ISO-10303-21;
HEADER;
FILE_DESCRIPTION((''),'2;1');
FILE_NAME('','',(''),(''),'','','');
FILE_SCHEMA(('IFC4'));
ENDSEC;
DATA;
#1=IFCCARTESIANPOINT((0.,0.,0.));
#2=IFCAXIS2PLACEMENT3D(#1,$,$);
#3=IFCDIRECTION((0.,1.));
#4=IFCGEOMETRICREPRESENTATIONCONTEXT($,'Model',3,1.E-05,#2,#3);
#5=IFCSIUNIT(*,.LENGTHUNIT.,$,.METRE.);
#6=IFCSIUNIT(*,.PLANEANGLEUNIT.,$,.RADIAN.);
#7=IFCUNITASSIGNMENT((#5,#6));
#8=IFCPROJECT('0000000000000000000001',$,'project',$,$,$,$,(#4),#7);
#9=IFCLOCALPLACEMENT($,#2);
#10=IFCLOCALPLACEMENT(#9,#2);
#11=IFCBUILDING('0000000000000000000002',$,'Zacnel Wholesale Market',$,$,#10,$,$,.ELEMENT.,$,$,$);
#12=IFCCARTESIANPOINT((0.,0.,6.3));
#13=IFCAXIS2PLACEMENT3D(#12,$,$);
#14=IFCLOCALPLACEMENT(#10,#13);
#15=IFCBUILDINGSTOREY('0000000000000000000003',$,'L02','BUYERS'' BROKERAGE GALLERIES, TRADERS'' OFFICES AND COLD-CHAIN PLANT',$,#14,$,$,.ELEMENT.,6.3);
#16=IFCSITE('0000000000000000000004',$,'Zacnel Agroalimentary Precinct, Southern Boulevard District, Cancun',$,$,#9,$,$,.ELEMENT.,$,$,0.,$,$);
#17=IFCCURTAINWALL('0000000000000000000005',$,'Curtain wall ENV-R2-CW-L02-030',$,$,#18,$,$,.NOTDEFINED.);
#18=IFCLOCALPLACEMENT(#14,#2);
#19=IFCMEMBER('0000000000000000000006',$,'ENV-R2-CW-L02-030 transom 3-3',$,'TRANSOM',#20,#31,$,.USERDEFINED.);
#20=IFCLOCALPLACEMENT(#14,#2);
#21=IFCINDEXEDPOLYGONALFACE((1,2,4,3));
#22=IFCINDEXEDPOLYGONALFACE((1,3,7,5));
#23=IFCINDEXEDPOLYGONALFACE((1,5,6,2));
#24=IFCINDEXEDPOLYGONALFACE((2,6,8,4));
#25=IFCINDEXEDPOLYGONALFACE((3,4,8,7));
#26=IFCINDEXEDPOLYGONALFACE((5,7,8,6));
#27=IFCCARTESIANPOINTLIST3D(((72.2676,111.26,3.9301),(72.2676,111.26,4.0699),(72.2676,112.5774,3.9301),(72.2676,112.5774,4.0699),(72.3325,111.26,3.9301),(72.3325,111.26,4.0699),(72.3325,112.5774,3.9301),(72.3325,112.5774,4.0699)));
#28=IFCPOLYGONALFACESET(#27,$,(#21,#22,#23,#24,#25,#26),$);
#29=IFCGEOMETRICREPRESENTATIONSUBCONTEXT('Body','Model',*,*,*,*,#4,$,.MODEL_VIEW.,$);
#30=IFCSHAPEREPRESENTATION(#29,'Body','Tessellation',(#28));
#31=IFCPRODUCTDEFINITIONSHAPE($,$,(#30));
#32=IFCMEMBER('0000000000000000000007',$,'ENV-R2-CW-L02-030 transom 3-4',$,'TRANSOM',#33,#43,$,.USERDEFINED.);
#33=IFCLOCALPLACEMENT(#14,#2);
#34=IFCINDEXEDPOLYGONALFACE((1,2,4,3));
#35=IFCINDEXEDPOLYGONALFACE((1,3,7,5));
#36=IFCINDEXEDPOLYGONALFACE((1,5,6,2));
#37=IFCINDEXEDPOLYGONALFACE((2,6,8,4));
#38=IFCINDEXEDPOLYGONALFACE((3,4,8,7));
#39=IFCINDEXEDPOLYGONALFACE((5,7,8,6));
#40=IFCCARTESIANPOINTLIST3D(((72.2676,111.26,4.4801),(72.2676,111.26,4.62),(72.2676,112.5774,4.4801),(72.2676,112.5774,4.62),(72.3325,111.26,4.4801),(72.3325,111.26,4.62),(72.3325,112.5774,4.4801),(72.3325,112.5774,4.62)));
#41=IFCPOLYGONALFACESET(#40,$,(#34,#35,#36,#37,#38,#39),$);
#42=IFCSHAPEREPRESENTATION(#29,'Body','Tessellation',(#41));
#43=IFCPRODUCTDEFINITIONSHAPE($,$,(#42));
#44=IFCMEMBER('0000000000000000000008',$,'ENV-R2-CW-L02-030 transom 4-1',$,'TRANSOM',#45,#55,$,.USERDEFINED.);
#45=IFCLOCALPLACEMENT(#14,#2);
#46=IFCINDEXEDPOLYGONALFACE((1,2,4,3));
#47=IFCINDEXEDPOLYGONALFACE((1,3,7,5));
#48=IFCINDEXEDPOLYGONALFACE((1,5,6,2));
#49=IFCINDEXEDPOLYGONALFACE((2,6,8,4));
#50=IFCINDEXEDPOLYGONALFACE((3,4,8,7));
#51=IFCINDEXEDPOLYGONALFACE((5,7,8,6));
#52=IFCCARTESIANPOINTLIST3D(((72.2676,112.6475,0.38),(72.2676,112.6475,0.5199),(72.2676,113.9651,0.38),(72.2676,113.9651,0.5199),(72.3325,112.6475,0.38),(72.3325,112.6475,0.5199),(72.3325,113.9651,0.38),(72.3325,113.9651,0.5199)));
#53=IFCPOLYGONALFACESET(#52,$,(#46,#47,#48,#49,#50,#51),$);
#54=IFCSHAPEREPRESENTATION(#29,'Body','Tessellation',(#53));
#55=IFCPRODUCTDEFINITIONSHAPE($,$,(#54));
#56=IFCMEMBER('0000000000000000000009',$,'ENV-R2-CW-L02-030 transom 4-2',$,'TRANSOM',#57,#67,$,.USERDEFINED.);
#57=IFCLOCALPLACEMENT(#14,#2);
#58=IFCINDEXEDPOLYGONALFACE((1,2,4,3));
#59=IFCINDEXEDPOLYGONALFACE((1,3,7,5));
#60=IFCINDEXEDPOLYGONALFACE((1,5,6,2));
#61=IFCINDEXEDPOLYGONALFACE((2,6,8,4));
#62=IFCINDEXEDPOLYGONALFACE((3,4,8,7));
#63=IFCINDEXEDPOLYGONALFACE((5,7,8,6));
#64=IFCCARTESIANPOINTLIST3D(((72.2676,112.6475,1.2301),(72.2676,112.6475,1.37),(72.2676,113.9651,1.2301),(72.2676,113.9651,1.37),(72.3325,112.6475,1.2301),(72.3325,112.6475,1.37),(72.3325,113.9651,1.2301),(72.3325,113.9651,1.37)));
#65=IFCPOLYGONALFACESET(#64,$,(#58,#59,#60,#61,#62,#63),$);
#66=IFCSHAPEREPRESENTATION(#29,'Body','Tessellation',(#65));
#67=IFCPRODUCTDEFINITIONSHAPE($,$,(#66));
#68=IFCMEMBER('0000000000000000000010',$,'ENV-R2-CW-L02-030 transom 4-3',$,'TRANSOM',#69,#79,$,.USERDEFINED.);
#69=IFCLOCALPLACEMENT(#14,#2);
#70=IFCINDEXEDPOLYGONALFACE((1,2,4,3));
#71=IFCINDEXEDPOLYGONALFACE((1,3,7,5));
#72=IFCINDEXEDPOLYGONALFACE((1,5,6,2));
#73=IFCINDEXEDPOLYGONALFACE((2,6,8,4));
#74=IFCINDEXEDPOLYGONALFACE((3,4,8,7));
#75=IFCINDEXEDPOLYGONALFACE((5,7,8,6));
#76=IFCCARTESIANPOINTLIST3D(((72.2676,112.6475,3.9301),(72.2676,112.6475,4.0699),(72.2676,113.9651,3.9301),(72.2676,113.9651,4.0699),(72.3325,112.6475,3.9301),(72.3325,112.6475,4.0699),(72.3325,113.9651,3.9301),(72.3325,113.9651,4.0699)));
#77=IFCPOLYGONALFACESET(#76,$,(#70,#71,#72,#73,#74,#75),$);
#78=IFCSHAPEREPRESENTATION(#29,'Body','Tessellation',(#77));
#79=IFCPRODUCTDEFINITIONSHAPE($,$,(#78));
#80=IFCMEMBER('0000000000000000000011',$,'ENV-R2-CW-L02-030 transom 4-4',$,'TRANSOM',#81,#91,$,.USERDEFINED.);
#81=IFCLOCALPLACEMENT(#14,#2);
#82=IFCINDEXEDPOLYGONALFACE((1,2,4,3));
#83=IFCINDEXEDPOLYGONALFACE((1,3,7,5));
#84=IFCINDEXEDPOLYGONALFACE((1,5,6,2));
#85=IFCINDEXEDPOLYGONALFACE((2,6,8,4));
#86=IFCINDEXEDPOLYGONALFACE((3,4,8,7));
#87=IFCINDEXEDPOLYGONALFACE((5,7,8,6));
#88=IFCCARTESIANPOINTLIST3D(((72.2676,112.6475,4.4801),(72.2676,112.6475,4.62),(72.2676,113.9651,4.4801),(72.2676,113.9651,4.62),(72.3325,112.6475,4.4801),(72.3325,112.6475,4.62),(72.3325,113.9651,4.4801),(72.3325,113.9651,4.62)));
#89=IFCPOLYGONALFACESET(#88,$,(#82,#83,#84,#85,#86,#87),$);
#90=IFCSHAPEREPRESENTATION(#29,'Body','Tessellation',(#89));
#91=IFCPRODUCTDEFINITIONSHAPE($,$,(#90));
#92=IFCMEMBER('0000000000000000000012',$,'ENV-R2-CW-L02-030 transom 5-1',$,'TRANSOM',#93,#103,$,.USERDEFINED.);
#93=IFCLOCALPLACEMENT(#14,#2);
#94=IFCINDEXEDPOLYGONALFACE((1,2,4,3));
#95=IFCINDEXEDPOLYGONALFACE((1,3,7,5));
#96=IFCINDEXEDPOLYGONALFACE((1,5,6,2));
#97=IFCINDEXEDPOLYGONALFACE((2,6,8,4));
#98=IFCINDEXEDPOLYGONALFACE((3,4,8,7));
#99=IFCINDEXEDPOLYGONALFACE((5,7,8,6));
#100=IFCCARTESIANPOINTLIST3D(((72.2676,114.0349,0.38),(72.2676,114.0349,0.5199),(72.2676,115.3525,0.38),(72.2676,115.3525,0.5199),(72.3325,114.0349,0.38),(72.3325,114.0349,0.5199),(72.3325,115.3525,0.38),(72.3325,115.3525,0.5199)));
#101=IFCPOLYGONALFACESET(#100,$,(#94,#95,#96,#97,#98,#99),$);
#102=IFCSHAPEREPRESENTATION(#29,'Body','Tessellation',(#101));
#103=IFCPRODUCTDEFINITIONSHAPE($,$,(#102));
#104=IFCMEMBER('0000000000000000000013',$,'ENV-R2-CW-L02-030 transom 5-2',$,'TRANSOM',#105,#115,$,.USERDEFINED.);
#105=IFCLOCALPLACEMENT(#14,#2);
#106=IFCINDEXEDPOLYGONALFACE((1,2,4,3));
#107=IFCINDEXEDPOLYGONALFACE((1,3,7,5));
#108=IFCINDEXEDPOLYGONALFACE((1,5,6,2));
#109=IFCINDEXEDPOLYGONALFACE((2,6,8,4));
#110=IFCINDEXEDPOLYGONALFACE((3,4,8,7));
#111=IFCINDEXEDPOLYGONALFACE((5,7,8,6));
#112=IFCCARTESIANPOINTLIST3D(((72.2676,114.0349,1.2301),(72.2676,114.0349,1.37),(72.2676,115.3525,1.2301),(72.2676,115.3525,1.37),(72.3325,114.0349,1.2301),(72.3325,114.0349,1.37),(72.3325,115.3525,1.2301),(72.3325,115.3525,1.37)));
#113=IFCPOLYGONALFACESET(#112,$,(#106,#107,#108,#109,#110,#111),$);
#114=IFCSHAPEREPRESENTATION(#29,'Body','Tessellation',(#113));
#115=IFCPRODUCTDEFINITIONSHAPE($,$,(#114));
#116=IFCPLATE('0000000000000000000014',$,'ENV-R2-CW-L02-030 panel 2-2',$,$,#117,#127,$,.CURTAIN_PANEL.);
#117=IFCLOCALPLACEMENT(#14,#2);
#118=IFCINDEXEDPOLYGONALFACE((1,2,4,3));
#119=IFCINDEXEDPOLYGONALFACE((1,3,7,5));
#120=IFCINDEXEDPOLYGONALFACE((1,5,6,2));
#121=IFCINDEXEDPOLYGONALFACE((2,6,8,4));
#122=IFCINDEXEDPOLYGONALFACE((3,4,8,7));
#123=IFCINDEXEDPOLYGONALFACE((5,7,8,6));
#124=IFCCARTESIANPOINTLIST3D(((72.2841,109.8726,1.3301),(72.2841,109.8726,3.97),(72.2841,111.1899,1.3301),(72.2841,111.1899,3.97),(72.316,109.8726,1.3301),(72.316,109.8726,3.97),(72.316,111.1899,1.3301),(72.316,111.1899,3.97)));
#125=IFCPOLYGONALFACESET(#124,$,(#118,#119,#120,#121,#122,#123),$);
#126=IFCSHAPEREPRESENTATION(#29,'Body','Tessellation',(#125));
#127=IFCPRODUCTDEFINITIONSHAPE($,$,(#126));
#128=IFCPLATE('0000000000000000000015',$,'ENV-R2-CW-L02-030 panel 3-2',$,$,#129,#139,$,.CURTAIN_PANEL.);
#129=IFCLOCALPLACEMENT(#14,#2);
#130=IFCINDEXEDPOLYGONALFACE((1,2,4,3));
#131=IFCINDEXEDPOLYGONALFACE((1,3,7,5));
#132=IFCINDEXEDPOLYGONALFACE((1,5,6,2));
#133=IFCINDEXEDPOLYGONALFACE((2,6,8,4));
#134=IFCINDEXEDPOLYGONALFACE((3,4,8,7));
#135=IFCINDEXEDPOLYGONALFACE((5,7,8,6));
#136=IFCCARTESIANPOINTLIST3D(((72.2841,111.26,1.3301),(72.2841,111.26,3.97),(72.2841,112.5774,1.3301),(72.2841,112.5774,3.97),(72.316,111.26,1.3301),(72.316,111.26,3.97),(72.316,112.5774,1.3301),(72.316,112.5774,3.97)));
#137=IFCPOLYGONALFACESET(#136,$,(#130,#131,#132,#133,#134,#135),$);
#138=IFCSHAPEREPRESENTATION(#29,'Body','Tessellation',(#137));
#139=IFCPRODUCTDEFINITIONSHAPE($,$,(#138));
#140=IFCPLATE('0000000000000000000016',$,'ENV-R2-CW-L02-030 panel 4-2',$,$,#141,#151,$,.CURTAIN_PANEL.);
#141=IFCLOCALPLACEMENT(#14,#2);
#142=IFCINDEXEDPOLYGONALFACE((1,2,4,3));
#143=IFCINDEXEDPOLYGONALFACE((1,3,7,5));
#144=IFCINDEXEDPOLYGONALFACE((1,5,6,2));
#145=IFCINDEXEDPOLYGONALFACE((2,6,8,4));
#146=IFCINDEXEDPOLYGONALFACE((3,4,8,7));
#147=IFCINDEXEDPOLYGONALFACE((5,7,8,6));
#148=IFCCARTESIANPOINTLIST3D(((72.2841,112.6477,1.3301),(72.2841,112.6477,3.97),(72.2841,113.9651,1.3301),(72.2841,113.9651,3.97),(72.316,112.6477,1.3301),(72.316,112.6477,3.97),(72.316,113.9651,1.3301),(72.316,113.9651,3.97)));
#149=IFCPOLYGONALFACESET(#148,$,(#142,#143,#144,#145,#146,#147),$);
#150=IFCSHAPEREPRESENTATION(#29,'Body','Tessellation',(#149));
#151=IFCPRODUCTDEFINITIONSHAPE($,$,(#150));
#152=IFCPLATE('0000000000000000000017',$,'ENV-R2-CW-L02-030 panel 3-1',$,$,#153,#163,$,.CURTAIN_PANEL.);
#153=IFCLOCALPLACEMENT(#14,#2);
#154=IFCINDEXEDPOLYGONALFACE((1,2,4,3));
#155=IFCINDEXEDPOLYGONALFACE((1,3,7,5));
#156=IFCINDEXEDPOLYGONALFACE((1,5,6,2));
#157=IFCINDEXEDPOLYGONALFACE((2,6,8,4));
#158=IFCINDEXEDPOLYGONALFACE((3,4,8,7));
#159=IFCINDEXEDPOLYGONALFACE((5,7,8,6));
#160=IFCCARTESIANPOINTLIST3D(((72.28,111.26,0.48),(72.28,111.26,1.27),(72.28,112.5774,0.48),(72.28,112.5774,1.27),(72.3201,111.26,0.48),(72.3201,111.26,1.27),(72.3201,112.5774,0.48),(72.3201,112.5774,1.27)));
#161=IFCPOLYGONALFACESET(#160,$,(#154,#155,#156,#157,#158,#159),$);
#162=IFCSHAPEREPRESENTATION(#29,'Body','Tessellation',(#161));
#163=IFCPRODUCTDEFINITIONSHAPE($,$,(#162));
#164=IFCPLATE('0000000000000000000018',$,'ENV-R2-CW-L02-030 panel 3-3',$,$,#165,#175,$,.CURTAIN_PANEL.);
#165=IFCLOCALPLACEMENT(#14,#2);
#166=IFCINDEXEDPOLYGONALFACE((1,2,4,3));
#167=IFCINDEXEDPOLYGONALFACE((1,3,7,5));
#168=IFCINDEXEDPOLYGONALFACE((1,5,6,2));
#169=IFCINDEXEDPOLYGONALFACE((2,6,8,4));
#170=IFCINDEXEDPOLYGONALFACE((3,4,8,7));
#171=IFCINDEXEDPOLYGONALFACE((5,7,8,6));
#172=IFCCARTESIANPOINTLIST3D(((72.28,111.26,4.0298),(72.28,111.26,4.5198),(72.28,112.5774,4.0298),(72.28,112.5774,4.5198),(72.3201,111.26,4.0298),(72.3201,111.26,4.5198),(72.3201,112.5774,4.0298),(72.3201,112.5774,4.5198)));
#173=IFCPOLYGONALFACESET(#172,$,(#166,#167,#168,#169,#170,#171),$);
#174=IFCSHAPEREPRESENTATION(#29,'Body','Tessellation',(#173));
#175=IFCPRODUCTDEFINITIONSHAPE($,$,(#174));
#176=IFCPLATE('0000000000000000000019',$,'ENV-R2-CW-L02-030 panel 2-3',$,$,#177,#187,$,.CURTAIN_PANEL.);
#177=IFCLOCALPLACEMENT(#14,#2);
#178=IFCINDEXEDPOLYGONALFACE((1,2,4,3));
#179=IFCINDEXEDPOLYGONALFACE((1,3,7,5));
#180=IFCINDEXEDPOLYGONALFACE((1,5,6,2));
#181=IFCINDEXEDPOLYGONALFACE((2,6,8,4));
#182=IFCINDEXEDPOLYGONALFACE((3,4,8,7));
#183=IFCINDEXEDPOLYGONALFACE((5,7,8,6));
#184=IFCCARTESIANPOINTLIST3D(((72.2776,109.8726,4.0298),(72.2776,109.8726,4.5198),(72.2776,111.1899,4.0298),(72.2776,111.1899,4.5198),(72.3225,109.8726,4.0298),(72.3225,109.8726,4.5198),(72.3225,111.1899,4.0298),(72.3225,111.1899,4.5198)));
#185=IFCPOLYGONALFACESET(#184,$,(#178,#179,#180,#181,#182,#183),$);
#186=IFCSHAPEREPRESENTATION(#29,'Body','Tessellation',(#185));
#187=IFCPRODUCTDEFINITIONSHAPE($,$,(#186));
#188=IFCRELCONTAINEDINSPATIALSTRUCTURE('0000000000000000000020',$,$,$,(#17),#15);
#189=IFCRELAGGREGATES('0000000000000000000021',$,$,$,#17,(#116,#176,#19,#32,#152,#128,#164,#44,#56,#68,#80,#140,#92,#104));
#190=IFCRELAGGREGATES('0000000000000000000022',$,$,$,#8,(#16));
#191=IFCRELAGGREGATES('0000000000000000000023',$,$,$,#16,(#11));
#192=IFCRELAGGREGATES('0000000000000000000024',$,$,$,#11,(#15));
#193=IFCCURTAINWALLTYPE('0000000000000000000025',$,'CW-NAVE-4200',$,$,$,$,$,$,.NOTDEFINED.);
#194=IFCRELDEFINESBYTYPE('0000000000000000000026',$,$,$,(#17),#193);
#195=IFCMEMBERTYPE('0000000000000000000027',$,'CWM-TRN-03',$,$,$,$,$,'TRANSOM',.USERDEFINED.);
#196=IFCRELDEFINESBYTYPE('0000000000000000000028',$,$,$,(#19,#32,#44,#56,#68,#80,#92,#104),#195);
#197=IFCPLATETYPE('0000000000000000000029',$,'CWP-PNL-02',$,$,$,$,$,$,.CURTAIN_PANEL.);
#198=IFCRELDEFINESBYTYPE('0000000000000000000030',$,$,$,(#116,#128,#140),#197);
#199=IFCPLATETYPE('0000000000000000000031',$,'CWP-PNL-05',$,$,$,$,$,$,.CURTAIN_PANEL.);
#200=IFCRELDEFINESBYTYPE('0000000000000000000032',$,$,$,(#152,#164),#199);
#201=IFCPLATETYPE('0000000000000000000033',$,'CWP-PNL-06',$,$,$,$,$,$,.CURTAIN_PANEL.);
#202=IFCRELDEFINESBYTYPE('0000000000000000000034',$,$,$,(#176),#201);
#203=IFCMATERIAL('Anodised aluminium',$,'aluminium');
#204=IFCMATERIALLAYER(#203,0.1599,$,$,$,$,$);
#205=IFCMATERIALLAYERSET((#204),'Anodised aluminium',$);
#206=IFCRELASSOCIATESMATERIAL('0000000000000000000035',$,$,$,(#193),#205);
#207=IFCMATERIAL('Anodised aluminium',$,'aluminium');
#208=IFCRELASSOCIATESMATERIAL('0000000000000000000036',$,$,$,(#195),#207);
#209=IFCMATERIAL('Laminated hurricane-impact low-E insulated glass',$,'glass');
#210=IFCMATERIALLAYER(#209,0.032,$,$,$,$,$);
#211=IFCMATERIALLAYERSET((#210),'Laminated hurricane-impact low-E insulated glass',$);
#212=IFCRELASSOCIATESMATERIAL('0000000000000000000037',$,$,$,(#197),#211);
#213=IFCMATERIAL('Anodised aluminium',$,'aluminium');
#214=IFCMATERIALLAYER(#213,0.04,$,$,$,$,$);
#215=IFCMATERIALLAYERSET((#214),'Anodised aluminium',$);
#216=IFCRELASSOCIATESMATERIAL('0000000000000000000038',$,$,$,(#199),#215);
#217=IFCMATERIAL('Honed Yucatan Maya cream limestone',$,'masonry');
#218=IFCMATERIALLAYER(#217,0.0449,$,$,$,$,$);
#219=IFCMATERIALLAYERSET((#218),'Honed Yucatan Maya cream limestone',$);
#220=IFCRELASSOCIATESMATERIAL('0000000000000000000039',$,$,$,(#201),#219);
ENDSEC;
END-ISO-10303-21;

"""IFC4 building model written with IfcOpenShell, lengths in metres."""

from ifc_helpers import new_model, si_unit, direction, frame, origin, origin_2d, place, context, subcontext, project, spatial, rectangle, extrude, material, layer, layer_set, material_profile, profile_set, type_object, element, aggregate, save


model = new_model("IFC4")

# Units and contexts
model_context = context("Model", 3, precision=1e-05, world=origin(), true_north=direction((0.0, 1.0)))
body_context = subcontext(model_context, "Body", "Model", "MODEL_VIEW")
ifc_project = project(units=[si_unit("LENGTHUNIT", "METRE"), si_unit("PLANEANGLEUNIT", "RADIAN")], contexts=[model_context])

# Site, building, storey
site_placement = place(None, origin())
site = spatial("IfcSite", under=ifc_project, at=site_placement, Name="Zacnel Agroalimentary Precinct, Southern Boulevard District, Cancun", CompositionType="ELEMENT", RefElevation=0.0)
building_placement = place(site_placement, origin())
building = spatial("IfcBuilding", under=site, at=building_placement, Name="Zacnel Wholesale Market", CompositionType="ELEMENT")
storey_placement = place(building_placement, frame((0.0, 0.0, 6.3)))
storey = spatial("IfcBuildingStorey", under=building, at=storey_placement, Name="L02", Description="BUYERS' BROKERAGE GALLERIES, TRADERS' OFFICES AND COLD-CHAIN PLANT", CompositionType="ELEMENT", Elevation=6.3)

# Curtain wall, members, plates
ifc_material_1 = material(Name="Anodised aluminium", Category="aluminium")
ifc_layer_1 = layer(ifc_material_1, 0.1599)
ifc_layer_set_1 = layer_set([ifc_layer_1], Name="Anodised aluminium")
curtain_wall_type = type_object("IfcCurtainWallType", Name="CW-NAVE-4200", PredefinedType="NOTDEFINED", material=ifc_layer_set_1)
curtain_wall_placement = place(storey_placement, origin())
curtain_wall = element("IfcCurtainWall", 1, at=curtain_wall_placement, inside=storey, type_object=curtain_wall_type, Name="Curtain wall ENV-R2-CW-L02-030", PredefinedType="NOTDEFINED")
ifc_material_2 = material(Name="Anodised aluminium", Category="aluminium")
ifc_material_profile_1 = material_profile(ifc_material_2, rectangle(XDim=0.0649, YDim=0.1399, at=origin_2d()), Name="AW-TRANSOM 65x140")
ifc_profile_set_1 = profile_set([ifc_material_profile_1], Name="Anodised aluminium")
member_type_1 = type_object("IfcMemberType", Name="CWM-TRN-03", ElementType="TRANSOM", PredefinedType="USERDEFINED", material=ifc_profile_set_1)
member_1_placement = place(storey_placement, frame((72.3, 111.26, 4.0), z_axis=(0.0, 1.0, 0.0), x_axis=(-1.0, 0.0, 0.0)))
member_1 = element("IfcMember", 2, at=member_1_placement, type_object=member_type_1, Name="ENV-R2-CW-L02-030 transom 3-3", ObjectType="TRANSOM", PredefinedType="USERDEFINED", context=body_context, shape_type="SweptSolid", body=[
    extrude(rectangle(XDim=0.0649, YDim=0.1399, at=origin_2d()), origin(), (0.0, 0.0, 1.0), 1.3174),
])
member_2_placement = place(storey_placement, frame((72.3, 111.26, 4.55), z_axis=(0.0, 1.0, 0.0), x_axis=(-1.0, 0.0, 0.0)))
member_2 = element("IfcMember", 3, at=member_2_placement, type_object=member_type_1, Name="ENV-R2-CW-L02-030 transom 3-4", ObjectType="TRANSOM", PredefinedType="USERDEFINED", context=body_context, shape_type="SweptSolid", body=[
    extrude(rectangle(XDim=0.0649, YDim=0.1399, at=origin_2d()), origin(), (0.0, 0.0, 1.0), 1.3174),
])
member_3_placement = place(storey_placement, frame((72.3, 112.6475, 0.45), z_axis=(0.0, 1.0, 0.0), x_axis=(-1.0, 0.0, 0.0)))
member_3 = element("IfcMember", 4, at=member_3_placement, type_object=member_type_1, Name="ENV-R2-CW-L02-030 transom 4-1", ObjectType="TRANSOM", PredefinedType="USERDEFINED", context=body_context, shape_type="SweptSolid", body=[
    extrude(rectangle(XDim=0.0649, YDim=0.1399, at=origin_2d()), origin(), (0.0, 0.0, 1.0), 1.3176),
])
member_4_placement = place(storey_placement, frame((72.3, 112.6475, 1.3), z_axis=(0.0, 1.0, 0.0), x_axis=(-1.0, 0.0, 0.0)))
member_4 = element("IfcMember", 5, at=member_4_placement, type_object=member_type_1, Name="ENV-R2-CW-L02-030 transom 4-2", ObjectType="TRANSOM", PredefinedType="USERDEFINED", context=body_context, shape_type="SweptSolid", body=[
    extrude(rectangle(XDim=0.0649, YDim=0.1399, at=origin_2d()), origin(), (0.0, 0.0, 1.0), 1.3176),
])
member_5_placement = place(storey_placement, frame((72.3, 112.6475, 4.0), z_axis=(0.0, 1.0, 0.0), x_axis=(-1.0, 0.0, 0.0)))
member_5 = element("IfcMember", 6, at=member_5_placement, type_object=member_type_1, Name="ENV-R2-CW-L02-030 transom 4-3", ObjectType="TRANSOM", PredefinedType="USERDEFINED", context=body_context, shape_type="SweptSolid", body=[
    extrude(rectangle(XDim=0.0649, YDim=0.1399, at=origin_2d()), origin(), (0.0, 0.0, 1.0), 1.3176),
])
member_6_placement = place(storey_placement, frame((72.3, 112.6475, 4.55), z_axis=(0.0, 1.0, 0.0), x_axis=(-1.0, 0.0, 0.0)))
member_6 = element("IfcMember", 7, at=member_6_placement, type_object=member_type_1, Name="ENV-R2-CW-L02-030 transom 4-4", ObjectType="TRANSOM", PredefinedType="USERDEFINED", context=body_context, shape_type="SweptSolid", body=[
    extrude(rectangle(XDim=0.0649, YDim=0.1399, at=origin_2d()), origin(), (0.0, 0.0, 1.0), 1.3176),
])
member_7_placement = place(storey_placement, frame((72.3, 114.0349, 0.45), z_axis=(0.0, 1.0, 0.0), x_axis=(-1.0, 0.0, 0.0)))
member_7 = element("IfcMember", 8, at=member_7_placement, type_object=member_type_1, Name="ENV-R2-CW-L02-030 transom 5-1", ObjectType="TRANSOM", PredefinedType="USERDEFINED", context=body_context, shape_type="SweptSolid", body=[
    extrude(rectangle(XDim=0.0649, YDim=0.1399, at=origin_2d()), origin(), (0.0, 0.0, 1.0), 1.3176),
])
member_8_placement = place(storey_placement, frame((72.3, 114.0349, 1.3), z_axis=(0.0, 1.0, 0.0), x_axis=(-1.0, 0.0, 0.0)))
member_8 = element("IfcMember", 9, at=member_8_placement, type_object=member_type_1, Name="ENV-R2-CW-L02-030 transom 5-2", ObjectType="TRANSOM", PredefinedType="USERDEFINED", context=body_context, shape_type="SweptSolid", body=[
    extrude(rectangle(XDim=0.0649, YDim=0.1399, at=origin_2d()), origin(), (0.0, 0.0, 1.0), 1.3176),
])
ifc_material_3 = material(Name="Laminated hurricane-impact low-E insulated glass", Category="glass")
ifc_layer_2 = layer(ifc_material_3, 0.032)
ifc_layer_set_2 = layer_set([ifc_layer_2], Name="Laminated hurricane-impact low-E insulated glass")
plate_type_1 = type_object("IfcPlateType", Name="CWP-PNL-02", PredefinedType="CURTAIN_PANEL", material=ifc_layer_set_2)
plate_1_placement = place(storey_placement, frame((72.3, 110.5312, 1.3301), z_axis=(0.0, 0.0, 1.0), x_axis=(0.0, 1.0, 0.0)))
plate_1 = element("IfcPlate", 10, at=plate_1_placement, type_object=plate_type_1, Name="ENV-R2-CW-L02-030 panel 2-2", PredefinedType="CURTAIN_PANEL", context=body_context, shape_type="SweptSolid", body=[
    extrude(rectangle(XDim=1.3174, YDim=0.032, at=origin_2d()), origin(), (0.0, 0.0, 1.0), 2.6399),
])
plate_2_placement = place(storey_placement, frame((72.3, 111.9187, 1.3301), z_axis=(0.0, 0.0, 1.0), x_axis=(0.0, 1.0, 0.0)))
plate_2 = element("IfcPlate", 11, at=plate_2_placement, type_object=plate_type_1, Name="ENV-R2-CW-L02-030 panel 3-2", PredefinedType="CURTAIN_PANEL", context=body_context, shape_type="SweptSolid", body=[
    extrude(rectangle(XDim=1.3174, YDim=0.032, at=origin_2d()), origin(), (0.0, 0.0, 1.0), 2.6399),
])
plate_3_placement = place(storey_placement, frame((72.3, 113.3064, 1.3301), z_axis=(0.0, 0.0, 1.0), x_axis=(0.0, 1.0, 0.0)))
plate_3 = element("IfcPlate", 12, at=plate_3_placement, type_object=plate_type_1, Name="ENV-R2-CW-L02-030 panel 4-2", PredefinedType="CURTAIN_PANEL", context=body_context, shape_type="SweptSolid", body=[
    extrude(rectangle(XDim=1.3174, YDim=0.032, at=origin_2d()), origin(), (0.0, 0.0, 1.0), 2.6399),
])
ifc_material_4 = material(Name="Anodised aluminium", Category="aluminium")
ifc_layer_3 = layer(ifc_material_4, 0.04)
ifc_layer_set_3 = layer_set([ifc_layer_3], Name="Anodised aluminium")
plate_type_2 = type_object("IfcPlateType", Name="CWP-PNL-05", PredefinedType="CURTAIN_PANEL", material=ifc_layer_set_3)
plate_4_placement = place(storey_placement, frame((72.3, 111.9187, 0.48), z_axis=(0.0, 0.0, 1.0), x_axis=(0.0, 1.0, 0.0)))
plate_4 = element("IfcPlate", 13, at=plate_4_placement, type_object=plate_type_2, Name="ENV-R2-CW-L02-030 panel 3-1", PredefinedType="CURTAIN_PANEL", context=body_context, shape_type="SweptSolid", body=[
    extrude(rectangle(XDim=1.3174, YDim=0.04, at=origin_2d()), origin(), (0.0, 0.0, 1.0), 0.79),
])
plate_5_placement = place(storey_placement, frame((72.3, 111.9187, 4.0298), z_axis=(0.0, 0.0, 1.0), x_axis=(0.0, 1.0, 0.0)))
plate_5 = element("IfcPlate", 14, at=plate_5_placement, type_object=plate_type_2, Name="ENV-R2-CW-L02-030 panel 3-3", PredefinedType="CURTAIN_PANEL", context=body_context, shape_type="SweptSolid", body=[
    extrude(rectangle(XDim=1.3174, YDim=0.04, at=origin_2d()), origin(), (0.0, 0.0, 1.0), 0.49),
])
ifc_material_5 = material(Name="Honed Yucatan Maya cream limestone", Category="masonry")
ifc_layer_4 = layer(ifc_material_5, 0.0449)
ifc_layer_set_4 = layer_set([ifc_layer_4], Name="Honed Yucatan Maya cream limestone")
plate_type_3 = type_object("IfcPlateType", Name="CWP-PNL-06", PredefinedType="CURTAIN_PANEL", material=ifc_layer_set_4)
plate_6_placement = place(storey_placement, frame((72.3, 110.5312, 4.0298), z_axis=(0.0, 0.0, 1.0), x_axis=(0.0, 1.0, 0.0)))
plate_6 = element("IfcPlate", 15, at=plate_6_placement, type_object=plate_type_3, Name="ENV-R2-CW-L02-030 panel 2-3", PredefinedType="CURTAIN_PANEL", context=body_context, shape_type="SweptSolid", body=[
    extrude(rectangle(XDim=1.3174, YDim=0.0449, at=origin_2d()), origin(), (0.0, 0.0, 1.0), 0.49),
])
aggregate(curtain_wall, [plate_1, plate_6, member_1, member_2, plate_4, plate_2, plate_5, member_3, member_4, member_5, member_6, plate_3, member_7, member_8])

save(model, "model.ifc")
